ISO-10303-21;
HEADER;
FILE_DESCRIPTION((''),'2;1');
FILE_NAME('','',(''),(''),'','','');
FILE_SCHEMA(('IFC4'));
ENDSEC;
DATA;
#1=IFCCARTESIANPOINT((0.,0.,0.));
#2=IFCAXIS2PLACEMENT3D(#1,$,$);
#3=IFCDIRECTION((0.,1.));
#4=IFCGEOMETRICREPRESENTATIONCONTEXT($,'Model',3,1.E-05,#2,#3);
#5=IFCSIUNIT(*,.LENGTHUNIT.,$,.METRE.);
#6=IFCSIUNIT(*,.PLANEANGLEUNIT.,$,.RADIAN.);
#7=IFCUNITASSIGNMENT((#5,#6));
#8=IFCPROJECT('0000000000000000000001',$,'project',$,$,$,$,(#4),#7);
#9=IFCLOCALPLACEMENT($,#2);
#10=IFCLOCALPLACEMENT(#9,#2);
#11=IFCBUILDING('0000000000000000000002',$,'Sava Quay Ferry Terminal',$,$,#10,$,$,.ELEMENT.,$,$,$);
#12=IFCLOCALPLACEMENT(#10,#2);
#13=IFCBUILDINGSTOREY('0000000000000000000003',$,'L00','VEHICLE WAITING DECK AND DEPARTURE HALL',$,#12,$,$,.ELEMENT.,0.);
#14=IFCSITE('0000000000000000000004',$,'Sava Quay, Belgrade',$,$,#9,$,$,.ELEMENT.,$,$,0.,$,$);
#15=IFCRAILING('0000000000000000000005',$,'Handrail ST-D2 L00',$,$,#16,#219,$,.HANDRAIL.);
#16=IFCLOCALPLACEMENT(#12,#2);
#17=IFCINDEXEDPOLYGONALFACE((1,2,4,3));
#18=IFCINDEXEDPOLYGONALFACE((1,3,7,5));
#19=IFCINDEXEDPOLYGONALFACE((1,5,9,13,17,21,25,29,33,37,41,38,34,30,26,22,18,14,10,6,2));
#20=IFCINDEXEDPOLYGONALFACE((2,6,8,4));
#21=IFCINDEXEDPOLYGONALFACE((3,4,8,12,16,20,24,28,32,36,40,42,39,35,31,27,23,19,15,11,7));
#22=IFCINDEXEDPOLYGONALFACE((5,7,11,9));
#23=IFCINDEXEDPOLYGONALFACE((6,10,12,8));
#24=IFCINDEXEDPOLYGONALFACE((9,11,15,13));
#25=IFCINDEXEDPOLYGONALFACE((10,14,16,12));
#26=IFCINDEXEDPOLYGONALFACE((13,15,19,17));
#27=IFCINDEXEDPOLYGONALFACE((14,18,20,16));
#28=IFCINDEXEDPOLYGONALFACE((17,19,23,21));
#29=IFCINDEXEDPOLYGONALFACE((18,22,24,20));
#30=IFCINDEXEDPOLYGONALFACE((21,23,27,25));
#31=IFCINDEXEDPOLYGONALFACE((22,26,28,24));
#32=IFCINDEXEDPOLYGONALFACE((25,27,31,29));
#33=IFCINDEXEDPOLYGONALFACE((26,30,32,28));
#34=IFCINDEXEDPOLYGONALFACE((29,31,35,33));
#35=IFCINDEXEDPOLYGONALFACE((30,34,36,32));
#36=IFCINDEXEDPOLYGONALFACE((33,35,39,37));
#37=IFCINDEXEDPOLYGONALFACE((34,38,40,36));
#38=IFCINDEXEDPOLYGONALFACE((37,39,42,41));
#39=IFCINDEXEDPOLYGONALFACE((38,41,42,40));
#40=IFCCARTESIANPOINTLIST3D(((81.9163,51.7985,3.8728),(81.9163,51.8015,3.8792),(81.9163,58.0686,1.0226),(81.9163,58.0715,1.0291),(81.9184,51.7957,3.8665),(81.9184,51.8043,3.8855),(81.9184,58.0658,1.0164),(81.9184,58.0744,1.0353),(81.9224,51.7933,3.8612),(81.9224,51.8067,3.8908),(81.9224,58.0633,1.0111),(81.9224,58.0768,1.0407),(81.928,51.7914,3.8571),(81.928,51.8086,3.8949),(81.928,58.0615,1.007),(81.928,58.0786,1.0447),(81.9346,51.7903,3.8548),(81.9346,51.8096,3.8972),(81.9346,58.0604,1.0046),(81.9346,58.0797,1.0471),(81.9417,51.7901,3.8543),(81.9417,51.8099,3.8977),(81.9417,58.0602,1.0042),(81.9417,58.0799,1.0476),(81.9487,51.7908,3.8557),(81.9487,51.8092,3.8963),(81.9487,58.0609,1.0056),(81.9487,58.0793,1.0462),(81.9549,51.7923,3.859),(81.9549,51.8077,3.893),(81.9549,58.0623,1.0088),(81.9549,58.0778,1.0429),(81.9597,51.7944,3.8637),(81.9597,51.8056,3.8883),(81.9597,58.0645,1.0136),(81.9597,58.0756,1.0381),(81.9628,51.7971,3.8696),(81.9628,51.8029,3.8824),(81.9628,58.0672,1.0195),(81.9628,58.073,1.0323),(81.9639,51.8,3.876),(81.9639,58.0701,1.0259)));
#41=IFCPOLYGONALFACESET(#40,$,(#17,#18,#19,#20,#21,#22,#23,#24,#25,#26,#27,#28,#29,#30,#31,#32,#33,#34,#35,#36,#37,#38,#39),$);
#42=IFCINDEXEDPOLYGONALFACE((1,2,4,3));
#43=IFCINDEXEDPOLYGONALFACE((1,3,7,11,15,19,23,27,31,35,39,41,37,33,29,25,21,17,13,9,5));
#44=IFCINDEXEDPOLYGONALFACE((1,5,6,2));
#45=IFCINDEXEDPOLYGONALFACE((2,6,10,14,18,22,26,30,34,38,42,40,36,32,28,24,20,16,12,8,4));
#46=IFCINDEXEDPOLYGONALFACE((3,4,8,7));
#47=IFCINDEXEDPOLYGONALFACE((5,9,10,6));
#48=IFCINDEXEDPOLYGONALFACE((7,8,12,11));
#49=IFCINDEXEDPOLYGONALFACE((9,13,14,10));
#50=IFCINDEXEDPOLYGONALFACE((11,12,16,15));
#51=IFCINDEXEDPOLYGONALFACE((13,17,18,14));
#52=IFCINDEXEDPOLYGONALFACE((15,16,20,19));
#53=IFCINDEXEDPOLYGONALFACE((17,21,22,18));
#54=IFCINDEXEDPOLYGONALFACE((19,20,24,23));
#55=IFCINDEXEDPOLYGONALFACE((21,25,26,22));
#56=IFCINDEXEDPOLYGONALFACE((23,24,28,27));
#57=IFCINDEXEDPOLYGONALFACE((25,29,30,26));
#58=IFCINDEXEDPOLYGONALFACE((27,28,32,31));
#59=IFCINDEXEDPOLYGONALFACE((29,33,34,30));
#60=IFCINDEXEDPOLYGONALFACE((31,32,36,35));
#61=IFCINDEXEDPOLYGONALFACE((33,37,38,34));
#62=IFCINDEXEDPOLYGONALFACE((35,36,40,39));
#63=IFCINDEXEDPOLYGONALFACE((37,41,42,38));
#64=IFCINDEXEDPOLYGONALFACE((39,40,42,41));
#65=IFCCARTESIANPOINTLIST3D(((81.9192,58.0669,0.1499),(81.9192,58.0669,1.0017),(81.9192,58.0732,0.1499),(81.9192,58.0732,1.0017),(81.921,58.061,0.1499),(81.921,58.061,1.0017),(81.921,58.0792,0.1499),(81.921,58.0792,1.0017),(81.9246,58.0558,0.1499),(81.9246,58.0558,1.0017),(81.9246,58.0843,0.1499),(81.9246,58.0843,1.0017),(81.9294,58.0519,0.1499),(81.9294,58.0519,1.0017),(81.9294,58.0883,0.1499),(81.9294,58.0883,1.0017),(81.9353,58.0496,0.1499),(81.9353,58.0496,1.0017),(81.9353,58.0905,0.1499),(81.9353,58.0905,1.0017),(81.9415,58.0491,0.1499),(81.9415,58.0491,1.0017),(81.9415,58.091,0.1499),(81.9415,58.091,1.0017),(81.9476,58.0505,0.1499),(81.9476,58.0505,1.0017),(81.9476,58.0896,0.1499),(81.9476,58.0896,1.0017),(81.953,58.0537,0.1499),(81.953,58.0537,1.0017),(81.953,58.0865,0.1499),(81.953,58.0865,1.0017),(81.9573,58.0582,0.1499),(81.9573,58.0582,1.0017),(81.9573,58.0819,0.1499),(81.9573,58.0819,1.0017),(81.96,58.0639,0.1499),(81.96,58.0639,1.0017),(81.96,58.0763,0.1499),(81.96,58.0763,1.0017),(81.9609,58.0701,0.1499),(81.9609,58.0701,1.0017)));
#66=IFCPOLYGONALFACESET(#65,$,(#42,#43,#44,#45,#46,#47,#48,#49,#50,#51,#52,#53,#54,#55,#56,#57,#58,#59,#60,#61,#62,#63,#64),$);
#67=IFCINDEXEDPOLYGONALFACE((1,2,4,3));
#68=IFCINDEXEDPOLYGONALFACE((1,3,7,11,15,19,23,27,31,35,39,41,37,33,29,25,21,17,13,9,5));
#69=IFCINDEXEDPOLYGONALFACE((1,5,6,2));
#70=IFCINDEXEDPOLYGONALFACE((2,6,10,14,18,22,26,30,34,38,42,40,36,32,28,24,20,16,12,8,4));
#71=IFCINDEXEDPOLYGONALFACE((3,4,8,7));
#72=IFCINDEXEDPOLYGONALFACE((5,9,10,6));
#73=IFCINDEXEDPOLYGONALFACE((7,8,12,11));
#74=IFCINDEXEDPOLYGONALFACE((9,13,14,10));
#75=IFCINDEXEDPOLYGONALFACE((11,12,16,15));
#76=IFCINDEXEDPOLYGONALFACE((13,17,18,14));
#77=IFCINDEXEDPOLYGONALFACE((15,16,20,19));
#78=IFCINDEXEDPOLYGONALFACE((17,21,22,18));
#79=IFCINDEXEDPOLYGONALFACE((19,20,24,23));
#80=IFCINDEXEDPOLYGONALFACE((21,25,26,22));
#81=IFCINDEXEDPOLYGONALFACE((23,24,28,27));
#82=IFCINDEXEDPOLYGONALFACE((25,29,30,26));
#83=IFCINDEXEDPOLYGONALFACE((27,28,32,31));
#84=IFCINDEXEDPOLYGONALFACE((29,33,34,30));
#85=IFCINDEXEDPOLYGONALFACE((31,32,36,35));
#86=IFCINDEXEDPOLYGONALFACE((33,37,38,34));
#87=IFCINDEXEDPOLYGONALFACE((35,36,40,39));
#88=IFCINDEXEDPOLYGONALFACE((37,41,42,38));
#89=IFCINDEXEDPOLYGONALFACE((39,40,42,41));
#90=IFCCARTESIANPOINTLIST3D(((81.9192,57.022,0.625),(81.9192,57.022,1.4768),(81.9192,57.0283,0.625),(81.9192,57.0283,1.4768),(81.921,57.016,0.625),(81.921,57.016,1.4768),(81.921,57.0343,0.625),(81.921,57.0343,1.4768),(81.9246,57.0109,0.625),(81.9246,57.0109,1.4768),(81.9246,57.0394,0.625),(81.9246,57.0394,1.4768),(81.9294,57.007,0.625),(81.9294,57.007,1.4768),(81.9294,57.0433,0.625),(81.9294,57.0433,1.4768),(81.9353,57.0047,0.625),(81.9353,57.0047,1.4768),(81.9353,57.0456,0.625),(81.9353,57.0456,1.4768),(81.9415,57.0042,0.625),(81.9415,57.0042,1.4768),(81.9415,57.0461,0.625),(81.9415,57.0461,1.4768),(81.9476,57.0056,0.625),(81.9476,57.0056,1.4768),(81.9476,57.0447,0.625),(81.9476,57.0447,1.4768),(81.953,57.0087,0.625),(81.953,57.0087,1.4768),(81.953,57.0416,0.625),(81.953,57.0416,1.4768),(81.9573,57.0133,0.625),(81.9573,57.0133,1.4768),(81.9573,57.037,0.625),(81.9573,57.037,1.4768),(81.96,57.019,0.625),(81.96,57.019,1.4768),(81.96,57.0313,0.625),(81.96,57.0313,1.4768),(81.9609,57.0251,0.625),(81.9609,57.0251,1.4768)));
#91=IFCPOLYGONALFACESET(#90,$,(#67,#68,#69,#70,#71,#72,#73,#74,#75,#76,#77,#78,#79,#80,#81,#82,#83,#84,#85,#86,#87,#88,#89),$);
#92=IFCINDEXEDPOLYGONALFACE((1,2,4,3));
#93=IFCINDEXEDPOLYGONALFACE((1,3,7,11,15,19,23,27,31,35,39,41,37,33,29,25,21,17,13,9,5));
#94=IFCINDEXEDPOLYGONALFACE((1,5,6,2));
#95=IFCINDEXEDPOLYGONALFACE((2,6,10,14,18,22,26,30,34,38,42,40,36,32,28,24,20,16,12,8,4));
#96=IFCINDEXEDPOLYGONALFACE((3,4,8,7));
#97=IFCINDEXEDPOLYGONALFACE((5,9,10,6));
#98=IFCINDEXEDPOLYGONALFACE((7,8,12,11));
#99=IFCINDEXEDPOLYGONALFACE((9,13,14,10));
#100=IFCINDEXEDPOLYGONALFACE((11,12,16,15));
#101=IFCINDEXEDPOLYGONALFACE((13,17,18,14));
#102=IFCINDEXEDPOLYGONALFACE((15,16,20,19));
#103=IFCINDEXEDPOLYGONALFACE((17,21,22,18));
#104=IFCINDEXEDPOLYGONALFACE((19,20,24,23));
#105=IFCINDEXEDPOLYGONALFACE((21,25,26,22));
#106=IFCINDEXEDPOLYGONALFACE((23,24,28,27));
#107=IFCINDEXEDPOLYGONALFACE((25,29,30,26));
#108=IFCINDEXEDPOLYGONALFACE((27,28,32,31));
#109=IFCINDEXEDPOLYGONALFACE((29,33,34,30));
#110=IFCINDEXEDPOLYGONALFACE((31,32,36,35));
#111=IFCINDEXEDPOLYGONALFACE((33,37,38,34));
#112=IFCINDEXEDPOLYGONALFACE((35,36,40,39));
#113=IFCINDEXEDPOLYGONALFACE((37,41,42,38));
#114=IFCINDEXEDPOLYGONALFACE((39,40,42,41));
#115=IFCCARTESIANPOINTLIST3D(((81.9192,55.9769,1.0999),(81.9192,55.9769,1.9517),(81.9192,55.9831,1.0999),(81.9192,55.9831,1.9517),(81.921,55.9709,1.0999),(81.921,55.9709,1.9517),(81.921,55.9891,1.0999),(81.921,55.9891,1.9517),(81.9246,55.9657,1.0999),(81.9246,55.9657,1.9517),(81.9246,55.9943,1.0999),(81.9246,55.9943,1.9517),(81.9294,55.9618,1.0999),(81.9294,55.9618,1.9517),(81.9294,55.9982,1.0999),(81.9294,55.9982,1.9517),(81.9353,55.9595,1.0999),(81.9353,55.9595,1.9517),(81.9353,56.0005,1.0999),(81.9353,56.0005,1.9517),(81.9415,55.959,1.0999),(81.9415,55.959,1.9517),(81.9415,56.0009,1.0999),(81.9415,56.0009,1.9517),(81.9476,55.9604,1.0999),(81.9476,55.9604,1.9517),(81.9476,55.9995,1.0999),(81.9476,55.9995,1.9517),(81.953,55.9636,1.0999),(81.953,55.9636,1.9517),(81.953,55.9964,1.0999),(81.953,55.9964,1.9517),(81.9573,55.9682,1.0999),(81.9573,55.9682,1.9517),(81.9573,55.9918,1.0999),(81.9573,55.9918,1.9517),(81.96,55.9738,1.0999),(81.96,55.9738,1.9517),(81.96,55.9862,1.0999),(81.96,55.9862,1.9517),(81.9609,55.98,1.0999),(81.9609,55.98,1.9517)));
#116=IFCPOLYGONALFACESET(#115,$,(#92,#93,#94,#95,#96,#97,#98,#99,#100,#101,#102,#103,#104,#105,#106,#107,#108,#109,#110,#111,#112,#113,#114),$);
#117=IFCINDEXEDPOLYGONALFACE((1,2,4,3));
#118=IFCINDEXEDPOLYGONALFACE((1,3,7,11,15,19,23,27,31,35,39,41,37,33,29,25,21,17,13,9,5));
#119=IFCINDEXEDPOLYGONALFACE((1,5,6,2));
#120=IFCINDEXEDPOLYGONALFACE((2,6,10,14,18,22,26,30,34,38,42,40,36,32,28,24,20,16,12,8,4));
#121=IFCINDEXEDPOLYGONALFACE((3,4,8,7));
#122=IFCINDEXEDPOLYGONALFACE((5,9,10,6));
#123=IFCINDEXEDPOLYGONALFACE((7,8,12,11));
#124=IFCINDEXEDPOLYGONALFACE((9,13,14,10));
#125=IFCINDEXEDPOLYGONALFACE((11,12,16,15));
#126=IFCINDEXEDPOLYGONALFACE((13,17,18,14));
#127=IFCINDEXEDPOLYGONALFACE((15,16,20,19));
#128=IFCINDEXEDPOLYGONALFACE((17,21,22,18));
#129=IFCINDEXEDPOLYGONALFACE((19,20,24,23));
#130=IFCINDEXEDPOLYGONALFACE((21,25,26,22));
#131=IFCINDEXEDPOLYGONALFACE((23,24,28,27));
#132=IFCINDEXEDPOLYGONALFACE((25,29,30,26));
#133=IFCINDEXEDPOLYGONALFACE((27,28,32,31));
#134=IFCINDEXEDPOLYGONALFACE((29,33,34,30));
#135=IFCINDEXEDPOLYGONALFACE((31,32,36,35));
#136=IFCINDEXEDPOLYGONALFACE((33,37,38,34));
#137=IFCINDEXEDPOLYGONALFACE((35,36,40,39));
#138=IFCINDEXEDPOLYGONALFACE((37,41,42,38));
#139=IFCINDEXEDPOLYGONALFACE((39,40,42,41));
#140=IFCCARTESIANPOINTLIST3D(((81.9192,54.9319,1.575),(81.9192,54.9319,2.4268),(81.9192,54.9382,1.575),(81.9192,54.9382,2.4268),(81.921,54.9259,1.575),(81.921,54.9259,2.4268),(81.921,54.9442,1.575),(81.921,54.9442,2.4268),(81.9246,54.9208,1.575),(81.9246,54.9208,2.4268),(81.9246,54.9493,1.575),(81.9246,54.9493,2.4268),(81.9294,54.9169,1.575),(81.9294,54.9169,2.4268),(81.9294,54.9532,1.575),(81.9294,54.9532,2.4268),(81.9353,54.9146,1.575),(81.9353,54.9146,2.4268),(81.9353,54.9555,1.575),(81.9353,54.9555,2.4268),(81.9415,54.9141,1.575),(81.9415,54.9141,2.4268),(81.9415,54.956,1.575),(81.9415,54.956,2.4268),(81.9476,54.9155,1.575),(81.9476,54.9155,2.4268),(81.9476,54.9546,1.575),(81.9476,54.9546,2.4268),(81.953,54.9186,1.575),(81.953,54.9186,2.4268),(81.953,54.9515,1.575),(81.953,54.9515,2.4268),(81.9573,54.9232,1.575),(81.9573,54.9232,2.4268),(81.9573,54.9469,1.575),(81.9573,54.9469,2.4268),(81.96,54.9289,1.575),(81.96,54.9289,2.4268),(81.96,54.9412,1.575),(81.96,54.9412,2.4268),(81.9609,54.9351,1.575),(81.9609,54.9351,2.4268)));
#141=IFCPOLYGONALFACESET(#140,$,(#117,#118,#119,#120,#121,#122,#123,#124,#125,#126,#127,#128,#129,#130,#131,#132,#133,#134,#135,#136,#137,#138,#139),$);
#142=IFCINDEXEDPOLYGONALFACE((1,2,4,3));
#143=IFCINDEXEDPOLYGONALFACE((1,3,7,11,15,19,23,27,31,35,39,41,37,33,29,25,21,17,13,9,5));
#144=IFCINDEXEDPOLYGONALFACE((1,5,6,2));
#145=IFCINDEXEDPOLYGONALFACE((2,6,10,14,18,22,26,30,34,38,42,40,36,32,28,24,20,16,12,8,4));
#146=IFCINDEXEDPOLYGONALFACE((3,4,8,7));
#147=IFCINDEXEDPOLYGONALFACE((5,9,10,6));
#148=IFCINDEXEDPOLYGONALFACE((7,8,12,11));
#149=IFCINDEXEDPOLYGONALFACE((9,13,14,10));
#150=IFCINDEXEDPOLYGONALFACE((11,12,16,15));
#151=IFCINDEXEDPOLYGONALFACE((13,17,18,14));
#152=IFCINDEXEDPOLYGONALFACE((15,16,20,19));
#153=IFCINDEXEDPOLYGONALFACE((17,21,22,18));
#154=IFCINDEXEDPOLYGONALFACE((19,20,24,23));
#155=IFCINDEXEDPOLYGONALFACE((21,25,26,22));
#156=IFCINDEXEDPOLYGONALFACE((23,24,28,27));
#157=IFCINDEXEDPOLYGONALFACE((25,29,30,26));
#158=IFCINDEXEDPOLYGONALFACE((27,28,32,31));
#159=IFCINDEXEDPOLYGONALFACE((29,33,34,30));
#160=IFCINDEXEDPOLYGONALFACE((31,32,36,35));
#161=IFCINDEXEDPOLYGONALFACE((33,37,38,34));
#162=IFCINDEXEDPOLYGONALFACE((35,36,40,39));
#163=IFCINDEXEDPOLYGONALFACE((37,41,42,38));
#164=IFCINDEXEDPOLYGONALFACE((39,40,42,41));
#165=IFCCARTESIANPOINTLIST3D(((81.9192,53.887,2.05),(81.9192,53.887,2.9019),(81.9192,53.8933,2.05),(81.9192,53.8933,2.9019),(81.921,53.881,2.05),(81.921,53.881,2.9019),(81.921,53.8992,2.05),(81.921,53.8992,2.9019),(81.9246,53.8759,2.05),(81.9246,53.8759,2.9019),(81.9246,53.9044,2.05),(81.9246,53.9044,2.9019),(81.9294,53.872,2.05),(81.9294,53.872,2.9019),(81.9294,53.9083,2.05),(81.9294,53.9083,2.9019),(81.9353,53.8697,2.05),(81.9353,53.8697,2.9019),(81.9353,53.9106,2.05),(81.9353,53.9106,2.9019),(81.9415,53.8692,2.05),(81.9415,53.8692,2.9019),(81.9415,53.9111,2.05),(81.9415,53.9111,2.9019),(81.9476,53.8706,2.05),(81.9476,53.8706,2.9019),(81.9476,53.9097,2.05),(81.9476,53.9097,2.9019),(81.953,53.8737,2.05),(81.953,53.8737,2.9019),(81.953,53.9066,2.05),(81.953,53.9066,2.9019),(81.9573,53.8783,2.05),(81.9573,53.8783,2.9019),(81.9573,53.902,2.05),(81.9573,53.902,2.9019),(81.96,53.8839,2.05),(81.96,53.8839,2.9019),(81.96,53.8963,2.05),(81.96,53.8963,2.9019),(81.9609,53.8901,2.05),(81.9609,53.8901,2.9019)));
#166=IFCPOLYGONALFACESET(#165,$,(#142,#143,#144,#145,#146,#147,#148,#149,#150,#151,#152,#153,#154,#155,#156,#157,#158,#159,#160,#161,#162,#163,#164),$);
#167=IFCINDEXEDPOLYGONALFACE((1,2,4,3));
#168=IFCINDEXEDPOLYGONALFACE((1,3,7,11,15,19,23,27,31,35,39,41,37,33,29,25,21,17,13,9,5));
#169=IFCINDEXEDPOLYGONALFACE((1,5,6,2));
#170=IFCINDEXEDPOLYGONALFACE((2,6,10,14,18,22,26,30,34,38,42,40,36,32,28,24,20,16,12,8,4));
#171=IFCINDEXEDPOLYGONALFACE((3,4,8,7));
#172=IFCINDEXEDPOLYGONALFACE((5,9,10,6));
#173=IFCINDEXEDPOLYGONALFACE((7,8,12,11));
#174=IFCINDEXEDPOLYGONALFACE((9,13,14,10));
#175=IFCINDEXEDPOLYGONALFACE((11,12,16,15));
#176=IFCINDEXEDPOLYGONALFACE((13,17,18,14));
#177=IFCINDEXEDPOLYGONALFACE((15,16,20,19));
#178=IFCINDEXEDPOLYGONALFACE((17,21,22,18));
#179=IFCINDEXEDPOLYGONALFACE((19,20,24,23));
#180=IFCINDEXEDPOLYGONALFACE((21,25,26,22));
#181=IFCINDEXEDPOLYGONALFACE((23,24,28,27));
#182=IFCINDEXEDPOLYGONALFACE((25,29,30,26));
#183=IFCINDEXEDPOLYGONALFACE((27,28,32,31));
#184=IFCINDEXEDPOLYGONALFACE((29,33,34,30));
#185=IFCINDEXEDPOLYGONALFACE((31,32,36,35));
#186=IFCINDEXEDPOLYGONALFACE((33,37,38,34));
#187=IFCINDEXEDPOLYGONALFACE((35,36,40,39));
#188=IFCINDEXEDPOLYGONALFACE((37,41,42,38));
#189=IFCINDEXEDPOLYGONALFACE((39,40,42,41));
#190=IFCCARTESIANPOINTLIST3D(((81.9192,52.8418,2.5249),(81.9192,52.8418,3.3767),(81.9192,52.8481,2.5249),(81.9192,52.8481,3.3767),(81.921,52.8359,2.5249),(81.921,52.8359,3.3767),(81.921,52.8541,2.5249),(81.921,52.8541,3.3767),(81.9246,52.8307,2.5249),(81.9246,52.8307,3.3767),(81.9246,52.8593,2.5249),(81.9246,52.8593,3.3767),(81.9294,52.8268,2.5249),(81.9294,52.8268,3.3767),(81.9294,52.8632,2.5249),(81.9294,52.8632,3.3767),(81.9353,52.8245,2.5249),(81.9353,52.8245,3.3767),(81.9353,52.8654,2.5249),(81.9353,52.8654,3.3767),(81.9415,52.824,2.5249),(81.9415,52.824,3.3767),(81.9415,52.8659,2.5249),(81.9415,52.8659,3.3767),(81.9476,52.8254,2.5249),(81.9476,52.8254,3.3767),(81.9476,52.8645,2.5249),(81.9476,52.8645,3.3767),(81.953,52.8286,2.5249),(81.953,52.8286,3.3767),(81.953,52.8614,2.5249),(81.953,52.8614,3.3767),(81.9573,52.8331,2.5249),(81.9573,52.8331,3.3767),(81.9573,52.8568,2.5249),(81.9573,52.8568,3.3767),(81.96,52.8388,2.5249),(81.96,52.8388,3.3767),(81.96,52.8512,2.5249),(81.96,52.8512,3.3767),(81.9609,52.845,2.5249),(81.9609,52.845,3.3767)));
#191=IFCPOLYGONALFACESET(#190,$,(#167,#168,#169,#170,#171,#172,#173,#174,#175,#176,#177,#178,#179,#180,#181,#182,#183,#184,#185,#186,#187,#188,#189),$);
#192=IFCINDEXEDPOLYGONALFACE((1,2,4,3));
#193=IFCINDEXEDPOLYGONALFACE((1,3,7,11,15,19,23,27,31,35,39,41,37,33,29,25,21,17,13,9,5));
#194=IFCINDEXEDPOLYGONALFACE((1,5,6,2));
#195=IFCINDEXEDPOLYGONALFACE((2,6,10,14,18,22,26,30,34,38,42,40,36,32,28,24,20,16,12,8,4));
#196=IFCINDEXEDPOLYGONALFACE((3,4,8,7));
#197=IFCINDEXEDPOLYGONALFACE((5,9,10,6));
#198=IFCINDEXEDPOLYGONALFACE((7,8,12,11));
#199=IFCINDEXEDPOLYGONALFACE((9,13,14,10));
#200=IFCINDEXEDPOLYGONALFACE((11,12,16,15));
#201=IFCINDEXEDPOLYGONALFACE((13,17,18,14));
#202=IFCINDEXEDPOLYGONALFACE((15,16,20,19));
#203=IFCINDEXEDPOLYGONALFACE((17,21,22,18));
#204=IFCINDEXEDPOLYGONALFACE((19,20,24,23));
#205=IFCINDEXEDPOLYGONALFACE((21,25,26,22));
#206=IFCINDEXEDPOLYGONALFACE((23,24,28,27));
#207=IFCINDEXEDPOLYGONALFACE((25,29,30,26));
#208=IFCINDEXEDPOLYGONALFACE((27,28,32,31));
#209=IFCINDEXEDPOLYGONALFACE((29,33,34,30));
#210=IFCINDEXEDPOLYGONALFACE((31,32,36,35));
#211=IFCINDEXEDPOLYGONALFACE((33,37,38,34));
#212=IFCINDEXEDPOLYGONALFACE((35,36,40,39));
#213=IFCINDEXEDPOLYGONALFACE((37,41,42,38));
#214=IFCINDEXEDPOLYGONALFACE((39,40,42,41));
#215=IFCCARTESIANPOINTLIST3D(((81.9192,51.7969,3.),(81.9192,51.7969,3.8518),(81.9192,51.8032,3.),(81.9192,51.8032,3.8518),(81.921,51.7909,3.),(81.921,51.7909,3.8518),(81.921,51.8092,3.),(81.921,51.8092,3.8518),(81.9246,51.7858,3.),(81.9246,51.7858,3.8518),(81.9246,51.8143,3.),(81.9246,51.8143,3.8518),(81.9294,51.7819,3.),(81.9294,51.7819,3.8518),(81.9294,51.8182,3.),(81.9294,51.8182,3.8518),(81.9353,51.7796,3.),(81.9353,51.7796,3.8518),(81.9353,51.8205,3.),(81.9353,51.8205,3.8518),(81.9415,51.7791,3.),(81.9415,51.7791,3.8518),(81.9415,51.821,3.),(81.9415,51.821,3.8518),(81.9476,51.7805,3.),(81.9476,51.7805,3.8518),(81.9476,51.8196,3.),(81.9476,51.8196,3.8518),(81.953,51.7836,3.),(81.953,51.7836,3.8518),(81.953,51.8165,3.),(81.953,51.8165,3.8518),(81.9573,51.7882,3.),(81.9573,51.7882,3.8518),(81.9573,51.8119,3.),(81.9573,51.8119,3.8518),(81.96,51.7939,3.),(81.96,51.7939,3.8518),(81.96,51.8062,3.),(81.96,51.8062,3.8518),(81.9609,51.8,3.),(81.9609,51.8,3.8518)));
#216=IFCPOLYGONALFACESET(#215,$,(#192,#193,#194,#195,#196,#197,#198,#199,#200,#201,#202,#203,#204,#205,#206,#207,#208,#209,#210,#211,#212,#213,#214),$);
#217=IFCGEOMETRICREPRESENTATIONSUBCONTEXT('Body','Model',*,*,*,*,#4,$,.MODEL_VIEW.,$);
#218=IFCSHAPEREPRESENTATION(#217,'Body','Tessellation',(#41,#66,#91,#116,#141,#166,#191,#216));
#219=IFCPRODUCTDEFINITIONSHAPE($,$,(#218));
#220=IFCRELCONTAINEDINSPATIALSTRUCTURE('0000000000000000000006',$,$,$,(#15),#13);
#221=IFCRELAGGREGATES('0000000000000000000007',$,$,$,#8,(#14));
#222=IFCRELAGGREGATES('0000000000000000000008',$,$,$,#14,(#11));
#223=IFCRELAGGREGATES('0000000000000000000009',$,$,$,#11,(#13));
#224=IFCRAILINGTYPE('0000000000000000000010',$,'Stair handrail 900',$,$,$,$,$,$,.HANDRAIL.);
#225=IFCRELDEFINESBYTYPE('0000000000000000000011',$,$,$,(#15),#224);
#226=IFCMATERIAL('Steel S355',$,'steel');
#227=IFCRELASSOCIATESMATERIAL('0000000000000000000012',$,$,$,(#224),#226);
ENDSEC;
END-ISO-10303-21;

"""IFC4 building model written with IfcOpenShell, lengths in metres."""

from ifc_helpers import new_model, si_unit, direction, frame, origin, origin_2d, place, context, subcontext, project, spatial, circle, extrude, material, type_object, element, save


model = new_model("IFC4")

# Units and contexts
model_context = context("Model", 3, precision=1e-05, world=origin(), true_north=direction((0.0, 1.0)))
body_context = subcontext(model_context, "Body", "Model", "MODEL_VIEW")
ifc_project = project(units=[si_unit("LENGTHUNIT", "METRE"), si_unit("PLANEANGLEUNIT", "RADIAN")], contexts=[model_context])

# Site, building, storey
site_placement = place(None, origin())
site = spatial("IfcSite", under=ifc_project, at=site_placement, Name="Sava Quay, Belgrade", CompositionType="ELEMENT", RefElevation=0.0)
building_placement = place(site_placement, origin())
building = spatial("IfcBuilding", under=site, at=building_placement, Name="Sava Quay Ferry Terminal", CompositionType="ELEMENT")
storey_placement = place(building_placement, origin())
storey = spatial("IfcBuildingStorey", under=building, at=storey_placement, Name="L00", Description="VEHICLE WAITING DECK AND DEPARTURE HALL", CompositionType="ELEMENT", Elevation=0.0)

# Railing
ifc_material_1 = material(Name="Steel S355", Category="steel")
railing_type_1 = type_object("IfcRailingType", Name="Stair handrail 900", PredefinedType="HANDRAIL", material=ifc_material_1)
railing_1_placement = place(storey_placement, frame((81.9399, 58.0701, 0.1499)))
element("IfcRailing", 1, at=railing_1_placement, inside=storey, type_object=railing_type_1, Name="Handrail ST-D2 L00", PredefinedType="HANDRAIL", context=body_context, shape_type="SweptSolid", body=[
    extrude(circle(Radius=0.0239, at=origin_2d()), frame((0.0, 0.0, 0.876), z_axis=(0.0, -0.910362, 0.413814), x_axis=(1.0, 0.0, 0.0)), (0.0, 0.0, 1.0), 6.8875),
    extrude(circle(Radius=0.021, at=origin_2d()), origin(), (0.0, 0.0, 1.0), 0.8518),
    extrude(circle(Radius=0.021, at=origin_2d()), frame((0.0, -1.0449, 0.4751)), (0.0, 0.0, 1.0), 0.8518),
    extrude(circle(Radius=0.021, at=origin_2d()), frame((0.0, -2.0901, 0.95)), (0.0, 0.0, 1.0), 0.8518),
    extrude(circle(Radius=0.021, at=origin_2d()), frame((0.0, -3.135, 1.425)), (0.0, 0.0, 1.0), 0.8518),
    extrude(circle(Radius=0.021, at=origin_2d()), frame((0.0, -4.1799, 1.9001)), (0.0, 0.0, 1.0), 0.8518),
    extrude(circle(Radius=0.021, at=origin_2d()), frame((0.0, -5.2251, 2.375)), (0.0, 0.0, 1.0), 0.8518),
    extrude(circle(Radius=0.021, at=origin_2d()), frame((0.0, -6.27, 2.8501)), (0.0, 0.0, 1.0), 0.8518),
])

save(model, "model.ifc")
